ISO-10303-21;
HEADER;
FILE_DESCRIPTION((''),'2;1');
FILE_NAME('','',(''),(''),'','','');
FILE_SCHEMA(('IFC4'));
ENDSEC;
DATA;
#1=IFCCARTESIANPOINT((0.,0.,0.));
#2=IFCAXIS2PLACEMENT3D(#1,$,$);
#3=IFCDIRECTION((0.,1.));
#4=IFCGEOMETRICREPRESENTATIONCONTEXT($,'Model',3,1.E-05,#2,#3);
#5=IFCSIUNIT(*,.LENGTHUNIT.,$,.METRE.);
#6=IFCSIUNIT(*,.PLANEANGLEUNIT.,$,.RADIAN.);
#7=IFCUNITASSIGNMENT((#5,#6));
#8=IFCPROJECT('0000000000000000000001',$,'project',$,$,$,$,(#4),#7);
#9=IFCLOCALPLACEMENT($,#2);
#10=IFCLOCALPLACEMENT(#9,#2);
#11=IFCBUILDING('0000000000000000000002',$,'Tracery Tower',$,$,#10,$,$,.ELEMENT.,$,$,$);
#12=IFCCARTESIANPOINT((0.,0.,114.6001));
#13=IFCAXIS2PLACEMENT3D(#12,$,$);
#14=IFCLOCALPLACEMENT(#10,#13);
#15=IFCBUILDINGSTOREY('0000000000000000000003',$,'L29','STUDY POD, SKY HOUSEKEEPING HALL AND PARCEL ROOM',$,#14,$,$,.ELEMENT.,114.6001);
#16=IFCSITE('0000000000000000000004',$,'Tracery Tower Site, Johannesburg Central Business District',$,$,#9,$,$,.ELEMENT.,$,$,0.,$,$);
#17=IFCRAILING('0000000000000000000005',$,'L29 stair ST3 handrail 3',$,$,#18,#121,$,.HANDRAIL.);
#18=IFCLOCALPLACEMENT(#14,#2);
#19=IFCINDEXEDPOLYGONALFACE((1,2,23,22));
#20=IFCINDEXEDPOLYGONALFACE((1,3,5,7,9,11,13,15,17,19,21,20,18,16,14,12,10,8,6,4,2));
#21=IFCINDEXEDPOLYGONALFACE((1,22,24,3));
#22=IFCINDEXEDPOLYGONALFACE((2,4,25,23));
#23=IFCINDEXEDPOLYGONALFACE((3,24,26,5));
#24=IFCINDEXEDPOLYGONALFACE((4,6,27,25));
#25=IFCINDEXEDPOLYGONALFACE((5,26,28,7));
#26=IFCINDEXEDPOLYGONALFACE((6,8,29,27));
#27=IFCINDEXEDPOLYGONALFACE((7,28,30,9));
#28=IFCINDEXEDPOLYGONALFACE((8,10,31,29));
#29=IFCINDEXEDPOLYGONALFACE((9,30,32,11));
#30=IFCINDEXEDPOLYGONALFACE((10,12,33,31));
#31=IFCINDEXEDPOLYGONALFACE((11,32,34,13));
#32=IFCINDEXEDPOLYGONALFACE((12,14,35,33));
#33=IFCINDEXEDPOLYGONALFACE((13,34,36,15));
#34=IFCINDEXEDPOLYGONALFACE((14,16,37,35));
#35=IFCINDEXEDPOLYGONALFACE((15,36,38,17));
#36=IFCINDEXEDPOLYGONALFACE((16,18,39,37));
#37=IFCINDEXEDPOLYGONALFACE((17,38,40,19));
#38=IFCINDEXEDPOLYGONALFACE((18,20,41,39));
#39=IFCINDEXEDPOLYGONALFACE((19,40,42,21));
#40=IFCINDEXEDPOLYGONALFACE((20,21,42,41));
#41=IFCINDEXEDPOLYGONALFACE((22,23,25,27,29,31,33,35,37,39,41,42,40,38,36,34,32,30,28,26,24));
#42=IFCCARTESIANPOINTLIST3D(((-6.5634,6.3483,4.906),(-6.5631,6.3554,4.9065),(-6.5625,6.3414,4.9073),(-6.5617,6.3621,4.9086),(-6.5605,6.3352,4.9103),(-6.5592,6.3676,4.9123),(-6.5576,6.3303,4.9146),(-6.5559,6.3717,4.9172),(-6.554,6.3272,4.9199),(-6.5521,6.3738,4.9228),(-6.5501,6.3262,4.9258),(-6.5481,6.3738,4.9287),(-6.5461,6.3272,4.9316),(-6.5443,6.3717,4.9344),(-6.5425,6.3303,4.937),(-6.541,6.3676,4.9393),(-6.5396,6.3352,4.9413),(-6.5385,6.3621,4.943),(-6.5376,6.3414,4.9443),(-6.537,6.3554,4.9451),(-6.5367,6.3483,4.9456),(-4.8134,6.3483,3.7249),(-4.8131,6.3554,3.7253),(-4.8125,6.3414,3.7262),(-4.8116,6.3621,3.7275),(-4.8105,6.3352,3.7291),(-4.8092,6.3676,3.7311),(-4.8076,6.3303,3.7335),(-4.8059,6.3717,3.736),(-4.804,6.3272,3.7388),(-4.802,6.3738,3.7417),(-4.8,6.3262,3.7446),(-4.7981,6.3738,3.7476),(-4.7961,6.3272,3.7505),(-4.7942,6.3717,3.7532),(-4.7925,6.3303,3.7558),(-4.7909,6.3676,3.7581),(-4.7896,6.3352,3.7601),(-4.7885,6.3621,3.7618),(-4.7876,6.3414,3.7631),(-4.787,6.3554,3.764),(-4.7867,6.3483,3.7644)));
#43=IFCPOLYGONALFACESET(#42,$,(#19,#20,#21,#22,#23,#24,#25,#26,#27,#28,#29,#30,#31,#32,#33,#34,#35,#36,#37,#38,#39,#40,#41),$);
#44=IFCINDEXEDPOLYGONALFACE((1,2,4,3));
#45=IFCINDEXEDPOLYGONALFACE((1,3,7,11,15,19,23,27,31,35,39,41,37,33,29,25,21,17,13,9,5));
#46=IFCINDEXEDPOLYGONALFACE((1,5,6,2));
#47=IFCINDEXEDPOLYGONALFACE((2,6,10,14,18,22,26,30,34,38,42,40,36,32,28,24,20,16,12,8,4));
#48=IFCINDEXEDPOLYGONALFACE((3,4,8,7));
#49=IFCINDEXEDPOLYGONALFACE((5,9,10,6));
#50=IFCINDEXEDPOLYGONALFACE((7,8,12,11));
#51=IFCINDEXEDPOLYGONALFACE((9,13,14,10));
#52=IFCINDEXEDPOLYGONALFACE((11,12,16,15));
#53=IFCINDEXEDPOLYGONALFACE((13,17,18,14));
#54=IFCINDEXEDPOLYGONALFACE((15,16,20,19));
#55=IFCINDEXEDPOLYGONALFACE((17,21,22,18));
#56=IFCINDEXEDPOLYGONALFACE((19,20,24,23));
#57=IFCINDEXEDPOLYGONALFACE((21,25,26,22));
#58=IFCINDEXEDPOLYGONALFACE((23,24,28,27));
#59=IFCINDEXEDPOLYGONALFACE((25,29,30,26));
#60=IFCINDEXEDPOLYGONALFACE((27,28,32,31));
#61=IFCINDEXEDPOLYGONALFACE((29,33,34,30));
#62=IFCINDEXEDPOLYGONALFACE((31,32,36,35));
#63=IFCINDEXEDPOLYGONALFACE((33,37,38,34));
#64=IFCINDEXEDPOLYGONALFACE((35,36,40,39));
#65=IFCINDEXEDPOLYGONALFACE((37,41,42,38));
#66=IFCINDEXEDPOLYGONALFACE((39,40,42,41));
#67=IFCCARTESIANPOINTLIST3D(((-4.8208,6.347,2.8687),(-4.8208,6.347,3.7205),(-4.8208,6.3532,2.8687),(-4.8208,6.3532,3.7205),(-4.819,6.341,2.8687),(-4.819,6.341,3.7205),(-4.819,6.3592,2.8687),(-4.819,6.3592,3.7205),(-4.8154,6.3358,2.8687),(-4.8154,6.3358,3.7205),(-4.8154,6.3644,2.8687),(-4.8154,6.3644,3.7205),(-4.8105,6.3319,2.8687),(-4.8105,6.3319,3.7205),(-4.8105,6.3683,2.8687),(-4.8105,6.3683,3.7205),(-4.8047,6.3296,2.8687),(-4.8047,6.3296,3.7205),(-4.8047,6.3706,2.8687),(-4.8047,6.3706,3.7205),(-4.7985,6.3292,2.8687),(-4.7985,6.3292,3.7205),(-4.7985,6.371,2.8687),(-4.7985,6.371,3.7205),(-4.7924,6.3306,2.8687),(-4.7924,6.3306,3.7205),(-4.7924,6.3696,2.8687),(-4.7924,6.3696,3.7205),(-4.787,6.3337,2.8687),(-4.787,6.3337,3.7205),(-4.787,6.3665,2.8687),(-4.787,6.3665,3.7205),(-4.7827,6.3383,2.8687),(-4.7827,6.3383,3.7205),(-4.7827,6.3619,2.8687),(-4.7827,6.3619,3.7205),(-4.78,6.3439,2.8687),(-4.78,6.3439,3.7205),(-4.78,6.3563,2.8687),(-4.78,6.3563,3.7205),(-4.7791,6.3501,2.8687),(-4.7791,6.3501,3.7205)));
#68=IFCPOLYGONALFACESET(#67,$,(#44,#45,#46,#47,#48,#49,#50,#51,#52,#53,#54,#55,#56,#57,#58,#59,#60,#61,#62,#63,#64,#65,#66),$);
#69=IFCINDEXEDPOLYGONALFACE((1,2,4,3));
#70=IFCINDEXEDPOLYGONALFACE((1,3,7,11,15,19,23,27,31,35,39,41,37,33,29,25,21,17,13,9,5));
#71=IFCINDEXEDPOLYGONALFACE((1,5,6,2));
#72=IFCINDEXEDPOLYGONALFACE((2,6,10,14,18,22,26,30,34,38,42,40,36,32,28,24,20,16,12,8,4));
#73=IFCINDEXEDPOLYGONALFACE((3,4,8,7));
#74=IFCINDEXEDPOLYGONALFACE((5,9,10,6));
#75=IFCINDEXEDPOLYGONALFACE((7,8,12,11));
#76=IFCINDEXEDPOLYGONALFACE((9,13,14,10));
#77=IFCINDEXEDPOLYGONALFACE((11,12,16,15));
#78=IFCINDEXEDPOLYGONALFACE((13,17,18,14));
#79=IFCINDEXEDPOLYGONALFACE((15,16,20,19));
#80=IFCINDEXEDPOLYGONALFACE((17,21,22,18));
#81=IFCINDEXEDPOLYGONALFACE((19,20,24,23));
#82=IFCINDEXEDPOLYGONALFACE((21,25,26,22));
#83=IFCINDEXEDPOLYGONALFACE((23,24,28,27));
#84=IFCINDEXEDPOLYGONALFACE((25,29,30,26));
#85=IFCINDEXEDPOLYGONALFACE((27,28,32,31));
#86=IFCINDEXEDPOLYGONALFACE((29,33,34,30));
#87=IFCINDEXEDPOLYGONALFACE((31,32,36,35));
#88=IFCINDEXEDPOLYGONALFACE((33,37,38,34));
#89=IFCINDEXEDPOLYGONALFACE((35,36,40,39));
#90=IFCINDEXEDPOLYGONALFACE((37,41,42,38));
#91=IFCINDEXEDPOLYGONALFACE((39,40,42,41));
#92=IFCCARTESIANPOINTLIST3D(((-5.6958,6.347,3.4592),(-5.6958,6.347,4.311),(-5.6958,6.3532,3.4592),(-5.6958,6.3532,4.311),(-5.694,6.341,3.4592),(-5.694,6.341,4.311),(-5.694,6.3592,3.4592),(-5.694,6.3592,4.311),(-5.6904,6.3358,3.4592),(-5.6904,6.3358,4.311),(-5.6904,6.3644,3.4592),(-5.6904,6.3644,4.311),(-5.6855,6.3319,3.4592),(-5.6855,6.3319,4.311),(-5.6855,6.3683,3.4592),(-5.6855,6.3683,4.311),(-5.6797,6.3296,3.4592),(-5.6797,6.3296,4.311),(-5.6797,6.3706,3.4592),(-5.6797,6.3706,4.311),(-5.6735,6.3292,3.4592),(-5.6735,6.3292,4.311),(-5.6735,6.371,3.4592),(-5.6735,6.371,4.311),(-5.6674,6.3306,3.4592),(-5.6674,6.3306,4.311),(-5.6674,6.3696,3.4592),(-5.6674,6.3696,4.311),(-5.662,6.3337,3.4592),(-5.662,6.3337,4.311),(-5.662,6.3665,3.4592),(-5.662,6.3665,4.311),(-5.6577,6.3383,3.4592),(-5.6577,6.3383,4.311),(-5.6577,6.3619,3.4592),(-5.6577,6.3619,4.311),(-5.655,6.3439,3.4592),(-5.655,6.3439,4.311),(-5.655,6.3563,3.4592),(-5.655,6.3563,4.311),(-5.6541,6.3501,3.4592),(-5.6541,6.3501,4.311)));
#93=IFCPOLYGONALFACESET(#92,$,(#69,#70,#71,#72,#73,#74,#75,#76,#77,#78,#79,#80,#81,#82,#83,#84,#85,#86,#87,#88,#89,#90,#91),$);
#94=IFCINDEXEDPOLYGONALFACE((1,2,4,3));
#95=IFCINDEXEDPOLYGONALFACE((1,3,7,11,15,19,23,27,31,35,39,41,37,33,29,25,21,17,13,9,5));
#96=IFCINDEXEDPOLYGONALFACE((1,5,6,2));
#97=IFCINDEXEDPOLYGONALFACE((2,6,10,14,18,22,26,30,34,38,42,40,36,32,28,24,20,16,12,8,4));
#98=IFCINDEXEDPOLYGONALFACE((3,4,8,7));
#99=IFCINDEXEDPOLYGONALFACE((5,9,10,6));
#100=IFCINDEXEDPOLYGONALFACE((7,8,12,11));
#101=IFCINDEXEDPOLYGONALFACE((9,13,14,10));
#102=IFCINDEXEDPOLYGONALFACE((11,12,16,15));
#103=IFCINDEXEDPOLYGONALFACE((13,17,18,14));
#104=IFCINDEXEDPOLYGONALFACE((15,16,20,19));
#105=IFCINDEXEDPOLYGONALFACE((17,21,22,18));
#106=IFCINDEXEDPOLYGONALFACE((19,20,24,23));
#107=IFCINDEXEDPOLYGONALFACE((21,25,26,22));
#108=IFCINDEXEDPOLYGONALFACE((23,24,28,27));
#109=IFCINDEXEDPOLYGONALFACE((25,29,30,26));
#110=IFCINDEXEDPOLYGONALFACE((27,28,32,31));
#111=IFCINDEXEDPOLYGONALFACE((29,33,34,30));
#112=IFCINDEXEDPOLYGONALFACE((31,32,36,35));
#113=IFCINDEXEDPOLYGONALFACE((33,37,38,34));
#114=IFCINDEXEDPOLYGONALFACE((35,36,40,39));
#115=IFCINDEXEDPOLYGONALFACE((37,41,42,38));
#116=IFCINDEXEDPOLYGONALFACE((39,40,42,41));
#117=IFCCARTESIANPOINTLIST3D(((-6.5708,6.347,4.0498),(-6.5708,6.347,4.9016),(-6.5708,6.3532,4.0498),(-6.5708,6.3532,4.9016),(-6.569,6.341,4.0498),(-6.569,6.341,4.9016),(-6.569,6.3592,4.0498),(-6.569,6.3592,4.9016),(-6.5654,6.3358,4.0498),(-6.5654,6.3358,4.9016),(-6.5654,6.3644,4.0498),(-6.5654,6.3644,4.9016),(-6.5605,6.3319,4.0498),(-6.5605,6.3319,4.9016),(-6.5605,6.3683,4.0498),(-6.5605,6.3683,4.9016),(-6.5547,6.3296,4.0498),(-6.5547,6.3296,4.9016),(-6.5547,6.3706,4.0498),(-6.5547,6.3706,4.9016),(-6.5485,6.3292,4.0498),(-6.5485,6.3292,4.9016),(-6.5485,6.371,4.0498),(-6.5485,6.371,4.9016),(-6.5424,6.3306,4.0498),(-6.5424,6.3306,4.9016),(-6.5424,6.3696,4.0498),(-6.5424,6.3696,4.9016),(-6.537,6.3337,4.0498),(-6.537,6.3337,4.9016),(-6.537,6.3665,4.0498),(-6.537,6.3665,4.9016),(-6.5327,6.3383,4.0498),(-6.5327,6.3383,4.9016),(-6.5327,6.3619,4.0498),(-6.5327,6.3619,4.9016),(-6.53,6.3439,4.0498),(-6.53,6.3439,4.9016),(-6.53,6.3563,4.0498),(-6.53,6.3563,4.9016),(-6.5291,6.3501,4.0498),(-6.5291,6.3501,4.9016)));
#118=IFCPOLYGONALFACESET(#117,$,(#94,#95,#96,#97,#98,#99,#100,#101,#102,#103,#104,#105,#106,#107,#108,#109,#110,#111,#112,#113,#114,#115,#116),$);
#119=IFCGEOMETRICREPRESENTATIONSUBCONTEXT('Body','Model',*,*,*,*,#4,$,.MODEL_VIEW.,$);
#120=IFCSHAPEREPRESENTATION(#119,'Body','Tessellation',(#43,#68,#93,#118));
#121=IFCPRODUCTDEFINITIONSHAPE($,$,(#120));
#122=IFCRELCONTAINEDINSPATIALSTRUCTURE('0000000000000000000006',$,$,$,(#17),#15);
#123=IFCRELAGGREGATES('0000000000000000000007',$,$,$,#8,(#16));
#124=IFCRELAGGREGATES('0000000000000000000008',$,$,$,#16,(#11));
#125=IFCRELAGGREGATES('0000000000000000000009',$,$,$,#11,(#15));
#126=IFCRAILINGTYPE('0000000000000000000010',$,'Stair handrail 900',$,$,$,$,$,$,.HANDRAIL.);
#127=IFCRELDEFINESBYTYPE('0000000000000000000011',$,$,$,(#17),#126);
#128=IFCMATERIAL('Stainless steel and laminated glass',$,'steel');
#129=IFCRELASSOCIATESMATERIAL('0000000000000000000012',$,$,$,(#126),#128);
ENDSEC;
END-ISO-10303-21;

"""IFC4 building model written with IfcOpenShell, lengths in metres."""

from ifc_helpers import new_model, si_unit, direction, frame, origin, origin_2d, place, context, subcontext, project, spatial, circle, extrude, material, type_object, element, save


model = new_model("IFC4")

# Units and contexts
model_context = context("Model", 3, precision=1e-05, world=origin(), true_north=direction((0.0, 1.0)))
body_context = subcontext(model_context, "Body", "Model", "MODEL_VIEW")
ifc_project = project(units=[si_unit("LENGTHUNIT", "METRE"), si_unit("PLANEANGLEUNIT", "RADIAN")], contexts=[model_context])

# Site, building, storey
site_placement = place(None, origin())
site = spatial("IfcSite", under=ifc_project, at=site_placement, Name="Tracery Tower Site, Johannesburg Central Business District", CompositionType="ELEMENT", RefElevation=0.0)
building_placement = place(site_placement, origin())
building = spatial("IfcBuilding", under=site, at=building_placement, Name="Tracery Tower", CompositionType="ELEMENT")
storey_placement = place(building_placement, frame((0.0, 0.0, 114.6001)))
storey = spatial("IfcBuildingStorey", under=building, at=storey_placement, Name="L29", Description="STUDY POD, SKY HOUSEKEEPING HALL AND PARCEL ROOM", CompositionType="ELEMENT", Elevation=114.6001)

# Railing
ifc_material_1 = material(Name="Stainless steel and laminated glass", Category="steel")
railing_type = type_object("IfcRailingType", Name="Stair handrail 900", PredefinedType="HANDRAIL", material=ifc_material_1)
railing_placement = place(storey_placement, frame((-4.8, 6.3501, 2.8687)))
element("IfcRailing", 1, at=railing_placement, inside=storey, type_object=railing_type, Name="L29 stair ST3 handrail 3", PredefinedType="HANDRAIL", context=body_context, shape_type="SweptSolid", body=[
    extrude(circle(Radius=0.0239, at=origin_2d()), frame((0.0, 0.0, 0.876), z_axis=(-0.82887, 0.0, 0.559441), x_axis=(0.0, -1.0, 0.0)), (0.0, 0.0, 1.0), 2.1113),
    extrude(circle(Radius=0.021, at=origin_2d()), origin(), (0.0, 0.0, 1.0), 0.8518),
    extrude(circle(Radius=0.021, at=origin_2d()), frame((-0.875, 0.0, 0.5906)), (0.0, 0.0, 1.0), 0.8518),
    extrude(circle(Radius=0.021, at=origin_2d()), frame((-1.75, 0.0, 1.1812)), (0.0, 0.0, 1.0), 0.8518),
])

save(model, "model.ifc")
